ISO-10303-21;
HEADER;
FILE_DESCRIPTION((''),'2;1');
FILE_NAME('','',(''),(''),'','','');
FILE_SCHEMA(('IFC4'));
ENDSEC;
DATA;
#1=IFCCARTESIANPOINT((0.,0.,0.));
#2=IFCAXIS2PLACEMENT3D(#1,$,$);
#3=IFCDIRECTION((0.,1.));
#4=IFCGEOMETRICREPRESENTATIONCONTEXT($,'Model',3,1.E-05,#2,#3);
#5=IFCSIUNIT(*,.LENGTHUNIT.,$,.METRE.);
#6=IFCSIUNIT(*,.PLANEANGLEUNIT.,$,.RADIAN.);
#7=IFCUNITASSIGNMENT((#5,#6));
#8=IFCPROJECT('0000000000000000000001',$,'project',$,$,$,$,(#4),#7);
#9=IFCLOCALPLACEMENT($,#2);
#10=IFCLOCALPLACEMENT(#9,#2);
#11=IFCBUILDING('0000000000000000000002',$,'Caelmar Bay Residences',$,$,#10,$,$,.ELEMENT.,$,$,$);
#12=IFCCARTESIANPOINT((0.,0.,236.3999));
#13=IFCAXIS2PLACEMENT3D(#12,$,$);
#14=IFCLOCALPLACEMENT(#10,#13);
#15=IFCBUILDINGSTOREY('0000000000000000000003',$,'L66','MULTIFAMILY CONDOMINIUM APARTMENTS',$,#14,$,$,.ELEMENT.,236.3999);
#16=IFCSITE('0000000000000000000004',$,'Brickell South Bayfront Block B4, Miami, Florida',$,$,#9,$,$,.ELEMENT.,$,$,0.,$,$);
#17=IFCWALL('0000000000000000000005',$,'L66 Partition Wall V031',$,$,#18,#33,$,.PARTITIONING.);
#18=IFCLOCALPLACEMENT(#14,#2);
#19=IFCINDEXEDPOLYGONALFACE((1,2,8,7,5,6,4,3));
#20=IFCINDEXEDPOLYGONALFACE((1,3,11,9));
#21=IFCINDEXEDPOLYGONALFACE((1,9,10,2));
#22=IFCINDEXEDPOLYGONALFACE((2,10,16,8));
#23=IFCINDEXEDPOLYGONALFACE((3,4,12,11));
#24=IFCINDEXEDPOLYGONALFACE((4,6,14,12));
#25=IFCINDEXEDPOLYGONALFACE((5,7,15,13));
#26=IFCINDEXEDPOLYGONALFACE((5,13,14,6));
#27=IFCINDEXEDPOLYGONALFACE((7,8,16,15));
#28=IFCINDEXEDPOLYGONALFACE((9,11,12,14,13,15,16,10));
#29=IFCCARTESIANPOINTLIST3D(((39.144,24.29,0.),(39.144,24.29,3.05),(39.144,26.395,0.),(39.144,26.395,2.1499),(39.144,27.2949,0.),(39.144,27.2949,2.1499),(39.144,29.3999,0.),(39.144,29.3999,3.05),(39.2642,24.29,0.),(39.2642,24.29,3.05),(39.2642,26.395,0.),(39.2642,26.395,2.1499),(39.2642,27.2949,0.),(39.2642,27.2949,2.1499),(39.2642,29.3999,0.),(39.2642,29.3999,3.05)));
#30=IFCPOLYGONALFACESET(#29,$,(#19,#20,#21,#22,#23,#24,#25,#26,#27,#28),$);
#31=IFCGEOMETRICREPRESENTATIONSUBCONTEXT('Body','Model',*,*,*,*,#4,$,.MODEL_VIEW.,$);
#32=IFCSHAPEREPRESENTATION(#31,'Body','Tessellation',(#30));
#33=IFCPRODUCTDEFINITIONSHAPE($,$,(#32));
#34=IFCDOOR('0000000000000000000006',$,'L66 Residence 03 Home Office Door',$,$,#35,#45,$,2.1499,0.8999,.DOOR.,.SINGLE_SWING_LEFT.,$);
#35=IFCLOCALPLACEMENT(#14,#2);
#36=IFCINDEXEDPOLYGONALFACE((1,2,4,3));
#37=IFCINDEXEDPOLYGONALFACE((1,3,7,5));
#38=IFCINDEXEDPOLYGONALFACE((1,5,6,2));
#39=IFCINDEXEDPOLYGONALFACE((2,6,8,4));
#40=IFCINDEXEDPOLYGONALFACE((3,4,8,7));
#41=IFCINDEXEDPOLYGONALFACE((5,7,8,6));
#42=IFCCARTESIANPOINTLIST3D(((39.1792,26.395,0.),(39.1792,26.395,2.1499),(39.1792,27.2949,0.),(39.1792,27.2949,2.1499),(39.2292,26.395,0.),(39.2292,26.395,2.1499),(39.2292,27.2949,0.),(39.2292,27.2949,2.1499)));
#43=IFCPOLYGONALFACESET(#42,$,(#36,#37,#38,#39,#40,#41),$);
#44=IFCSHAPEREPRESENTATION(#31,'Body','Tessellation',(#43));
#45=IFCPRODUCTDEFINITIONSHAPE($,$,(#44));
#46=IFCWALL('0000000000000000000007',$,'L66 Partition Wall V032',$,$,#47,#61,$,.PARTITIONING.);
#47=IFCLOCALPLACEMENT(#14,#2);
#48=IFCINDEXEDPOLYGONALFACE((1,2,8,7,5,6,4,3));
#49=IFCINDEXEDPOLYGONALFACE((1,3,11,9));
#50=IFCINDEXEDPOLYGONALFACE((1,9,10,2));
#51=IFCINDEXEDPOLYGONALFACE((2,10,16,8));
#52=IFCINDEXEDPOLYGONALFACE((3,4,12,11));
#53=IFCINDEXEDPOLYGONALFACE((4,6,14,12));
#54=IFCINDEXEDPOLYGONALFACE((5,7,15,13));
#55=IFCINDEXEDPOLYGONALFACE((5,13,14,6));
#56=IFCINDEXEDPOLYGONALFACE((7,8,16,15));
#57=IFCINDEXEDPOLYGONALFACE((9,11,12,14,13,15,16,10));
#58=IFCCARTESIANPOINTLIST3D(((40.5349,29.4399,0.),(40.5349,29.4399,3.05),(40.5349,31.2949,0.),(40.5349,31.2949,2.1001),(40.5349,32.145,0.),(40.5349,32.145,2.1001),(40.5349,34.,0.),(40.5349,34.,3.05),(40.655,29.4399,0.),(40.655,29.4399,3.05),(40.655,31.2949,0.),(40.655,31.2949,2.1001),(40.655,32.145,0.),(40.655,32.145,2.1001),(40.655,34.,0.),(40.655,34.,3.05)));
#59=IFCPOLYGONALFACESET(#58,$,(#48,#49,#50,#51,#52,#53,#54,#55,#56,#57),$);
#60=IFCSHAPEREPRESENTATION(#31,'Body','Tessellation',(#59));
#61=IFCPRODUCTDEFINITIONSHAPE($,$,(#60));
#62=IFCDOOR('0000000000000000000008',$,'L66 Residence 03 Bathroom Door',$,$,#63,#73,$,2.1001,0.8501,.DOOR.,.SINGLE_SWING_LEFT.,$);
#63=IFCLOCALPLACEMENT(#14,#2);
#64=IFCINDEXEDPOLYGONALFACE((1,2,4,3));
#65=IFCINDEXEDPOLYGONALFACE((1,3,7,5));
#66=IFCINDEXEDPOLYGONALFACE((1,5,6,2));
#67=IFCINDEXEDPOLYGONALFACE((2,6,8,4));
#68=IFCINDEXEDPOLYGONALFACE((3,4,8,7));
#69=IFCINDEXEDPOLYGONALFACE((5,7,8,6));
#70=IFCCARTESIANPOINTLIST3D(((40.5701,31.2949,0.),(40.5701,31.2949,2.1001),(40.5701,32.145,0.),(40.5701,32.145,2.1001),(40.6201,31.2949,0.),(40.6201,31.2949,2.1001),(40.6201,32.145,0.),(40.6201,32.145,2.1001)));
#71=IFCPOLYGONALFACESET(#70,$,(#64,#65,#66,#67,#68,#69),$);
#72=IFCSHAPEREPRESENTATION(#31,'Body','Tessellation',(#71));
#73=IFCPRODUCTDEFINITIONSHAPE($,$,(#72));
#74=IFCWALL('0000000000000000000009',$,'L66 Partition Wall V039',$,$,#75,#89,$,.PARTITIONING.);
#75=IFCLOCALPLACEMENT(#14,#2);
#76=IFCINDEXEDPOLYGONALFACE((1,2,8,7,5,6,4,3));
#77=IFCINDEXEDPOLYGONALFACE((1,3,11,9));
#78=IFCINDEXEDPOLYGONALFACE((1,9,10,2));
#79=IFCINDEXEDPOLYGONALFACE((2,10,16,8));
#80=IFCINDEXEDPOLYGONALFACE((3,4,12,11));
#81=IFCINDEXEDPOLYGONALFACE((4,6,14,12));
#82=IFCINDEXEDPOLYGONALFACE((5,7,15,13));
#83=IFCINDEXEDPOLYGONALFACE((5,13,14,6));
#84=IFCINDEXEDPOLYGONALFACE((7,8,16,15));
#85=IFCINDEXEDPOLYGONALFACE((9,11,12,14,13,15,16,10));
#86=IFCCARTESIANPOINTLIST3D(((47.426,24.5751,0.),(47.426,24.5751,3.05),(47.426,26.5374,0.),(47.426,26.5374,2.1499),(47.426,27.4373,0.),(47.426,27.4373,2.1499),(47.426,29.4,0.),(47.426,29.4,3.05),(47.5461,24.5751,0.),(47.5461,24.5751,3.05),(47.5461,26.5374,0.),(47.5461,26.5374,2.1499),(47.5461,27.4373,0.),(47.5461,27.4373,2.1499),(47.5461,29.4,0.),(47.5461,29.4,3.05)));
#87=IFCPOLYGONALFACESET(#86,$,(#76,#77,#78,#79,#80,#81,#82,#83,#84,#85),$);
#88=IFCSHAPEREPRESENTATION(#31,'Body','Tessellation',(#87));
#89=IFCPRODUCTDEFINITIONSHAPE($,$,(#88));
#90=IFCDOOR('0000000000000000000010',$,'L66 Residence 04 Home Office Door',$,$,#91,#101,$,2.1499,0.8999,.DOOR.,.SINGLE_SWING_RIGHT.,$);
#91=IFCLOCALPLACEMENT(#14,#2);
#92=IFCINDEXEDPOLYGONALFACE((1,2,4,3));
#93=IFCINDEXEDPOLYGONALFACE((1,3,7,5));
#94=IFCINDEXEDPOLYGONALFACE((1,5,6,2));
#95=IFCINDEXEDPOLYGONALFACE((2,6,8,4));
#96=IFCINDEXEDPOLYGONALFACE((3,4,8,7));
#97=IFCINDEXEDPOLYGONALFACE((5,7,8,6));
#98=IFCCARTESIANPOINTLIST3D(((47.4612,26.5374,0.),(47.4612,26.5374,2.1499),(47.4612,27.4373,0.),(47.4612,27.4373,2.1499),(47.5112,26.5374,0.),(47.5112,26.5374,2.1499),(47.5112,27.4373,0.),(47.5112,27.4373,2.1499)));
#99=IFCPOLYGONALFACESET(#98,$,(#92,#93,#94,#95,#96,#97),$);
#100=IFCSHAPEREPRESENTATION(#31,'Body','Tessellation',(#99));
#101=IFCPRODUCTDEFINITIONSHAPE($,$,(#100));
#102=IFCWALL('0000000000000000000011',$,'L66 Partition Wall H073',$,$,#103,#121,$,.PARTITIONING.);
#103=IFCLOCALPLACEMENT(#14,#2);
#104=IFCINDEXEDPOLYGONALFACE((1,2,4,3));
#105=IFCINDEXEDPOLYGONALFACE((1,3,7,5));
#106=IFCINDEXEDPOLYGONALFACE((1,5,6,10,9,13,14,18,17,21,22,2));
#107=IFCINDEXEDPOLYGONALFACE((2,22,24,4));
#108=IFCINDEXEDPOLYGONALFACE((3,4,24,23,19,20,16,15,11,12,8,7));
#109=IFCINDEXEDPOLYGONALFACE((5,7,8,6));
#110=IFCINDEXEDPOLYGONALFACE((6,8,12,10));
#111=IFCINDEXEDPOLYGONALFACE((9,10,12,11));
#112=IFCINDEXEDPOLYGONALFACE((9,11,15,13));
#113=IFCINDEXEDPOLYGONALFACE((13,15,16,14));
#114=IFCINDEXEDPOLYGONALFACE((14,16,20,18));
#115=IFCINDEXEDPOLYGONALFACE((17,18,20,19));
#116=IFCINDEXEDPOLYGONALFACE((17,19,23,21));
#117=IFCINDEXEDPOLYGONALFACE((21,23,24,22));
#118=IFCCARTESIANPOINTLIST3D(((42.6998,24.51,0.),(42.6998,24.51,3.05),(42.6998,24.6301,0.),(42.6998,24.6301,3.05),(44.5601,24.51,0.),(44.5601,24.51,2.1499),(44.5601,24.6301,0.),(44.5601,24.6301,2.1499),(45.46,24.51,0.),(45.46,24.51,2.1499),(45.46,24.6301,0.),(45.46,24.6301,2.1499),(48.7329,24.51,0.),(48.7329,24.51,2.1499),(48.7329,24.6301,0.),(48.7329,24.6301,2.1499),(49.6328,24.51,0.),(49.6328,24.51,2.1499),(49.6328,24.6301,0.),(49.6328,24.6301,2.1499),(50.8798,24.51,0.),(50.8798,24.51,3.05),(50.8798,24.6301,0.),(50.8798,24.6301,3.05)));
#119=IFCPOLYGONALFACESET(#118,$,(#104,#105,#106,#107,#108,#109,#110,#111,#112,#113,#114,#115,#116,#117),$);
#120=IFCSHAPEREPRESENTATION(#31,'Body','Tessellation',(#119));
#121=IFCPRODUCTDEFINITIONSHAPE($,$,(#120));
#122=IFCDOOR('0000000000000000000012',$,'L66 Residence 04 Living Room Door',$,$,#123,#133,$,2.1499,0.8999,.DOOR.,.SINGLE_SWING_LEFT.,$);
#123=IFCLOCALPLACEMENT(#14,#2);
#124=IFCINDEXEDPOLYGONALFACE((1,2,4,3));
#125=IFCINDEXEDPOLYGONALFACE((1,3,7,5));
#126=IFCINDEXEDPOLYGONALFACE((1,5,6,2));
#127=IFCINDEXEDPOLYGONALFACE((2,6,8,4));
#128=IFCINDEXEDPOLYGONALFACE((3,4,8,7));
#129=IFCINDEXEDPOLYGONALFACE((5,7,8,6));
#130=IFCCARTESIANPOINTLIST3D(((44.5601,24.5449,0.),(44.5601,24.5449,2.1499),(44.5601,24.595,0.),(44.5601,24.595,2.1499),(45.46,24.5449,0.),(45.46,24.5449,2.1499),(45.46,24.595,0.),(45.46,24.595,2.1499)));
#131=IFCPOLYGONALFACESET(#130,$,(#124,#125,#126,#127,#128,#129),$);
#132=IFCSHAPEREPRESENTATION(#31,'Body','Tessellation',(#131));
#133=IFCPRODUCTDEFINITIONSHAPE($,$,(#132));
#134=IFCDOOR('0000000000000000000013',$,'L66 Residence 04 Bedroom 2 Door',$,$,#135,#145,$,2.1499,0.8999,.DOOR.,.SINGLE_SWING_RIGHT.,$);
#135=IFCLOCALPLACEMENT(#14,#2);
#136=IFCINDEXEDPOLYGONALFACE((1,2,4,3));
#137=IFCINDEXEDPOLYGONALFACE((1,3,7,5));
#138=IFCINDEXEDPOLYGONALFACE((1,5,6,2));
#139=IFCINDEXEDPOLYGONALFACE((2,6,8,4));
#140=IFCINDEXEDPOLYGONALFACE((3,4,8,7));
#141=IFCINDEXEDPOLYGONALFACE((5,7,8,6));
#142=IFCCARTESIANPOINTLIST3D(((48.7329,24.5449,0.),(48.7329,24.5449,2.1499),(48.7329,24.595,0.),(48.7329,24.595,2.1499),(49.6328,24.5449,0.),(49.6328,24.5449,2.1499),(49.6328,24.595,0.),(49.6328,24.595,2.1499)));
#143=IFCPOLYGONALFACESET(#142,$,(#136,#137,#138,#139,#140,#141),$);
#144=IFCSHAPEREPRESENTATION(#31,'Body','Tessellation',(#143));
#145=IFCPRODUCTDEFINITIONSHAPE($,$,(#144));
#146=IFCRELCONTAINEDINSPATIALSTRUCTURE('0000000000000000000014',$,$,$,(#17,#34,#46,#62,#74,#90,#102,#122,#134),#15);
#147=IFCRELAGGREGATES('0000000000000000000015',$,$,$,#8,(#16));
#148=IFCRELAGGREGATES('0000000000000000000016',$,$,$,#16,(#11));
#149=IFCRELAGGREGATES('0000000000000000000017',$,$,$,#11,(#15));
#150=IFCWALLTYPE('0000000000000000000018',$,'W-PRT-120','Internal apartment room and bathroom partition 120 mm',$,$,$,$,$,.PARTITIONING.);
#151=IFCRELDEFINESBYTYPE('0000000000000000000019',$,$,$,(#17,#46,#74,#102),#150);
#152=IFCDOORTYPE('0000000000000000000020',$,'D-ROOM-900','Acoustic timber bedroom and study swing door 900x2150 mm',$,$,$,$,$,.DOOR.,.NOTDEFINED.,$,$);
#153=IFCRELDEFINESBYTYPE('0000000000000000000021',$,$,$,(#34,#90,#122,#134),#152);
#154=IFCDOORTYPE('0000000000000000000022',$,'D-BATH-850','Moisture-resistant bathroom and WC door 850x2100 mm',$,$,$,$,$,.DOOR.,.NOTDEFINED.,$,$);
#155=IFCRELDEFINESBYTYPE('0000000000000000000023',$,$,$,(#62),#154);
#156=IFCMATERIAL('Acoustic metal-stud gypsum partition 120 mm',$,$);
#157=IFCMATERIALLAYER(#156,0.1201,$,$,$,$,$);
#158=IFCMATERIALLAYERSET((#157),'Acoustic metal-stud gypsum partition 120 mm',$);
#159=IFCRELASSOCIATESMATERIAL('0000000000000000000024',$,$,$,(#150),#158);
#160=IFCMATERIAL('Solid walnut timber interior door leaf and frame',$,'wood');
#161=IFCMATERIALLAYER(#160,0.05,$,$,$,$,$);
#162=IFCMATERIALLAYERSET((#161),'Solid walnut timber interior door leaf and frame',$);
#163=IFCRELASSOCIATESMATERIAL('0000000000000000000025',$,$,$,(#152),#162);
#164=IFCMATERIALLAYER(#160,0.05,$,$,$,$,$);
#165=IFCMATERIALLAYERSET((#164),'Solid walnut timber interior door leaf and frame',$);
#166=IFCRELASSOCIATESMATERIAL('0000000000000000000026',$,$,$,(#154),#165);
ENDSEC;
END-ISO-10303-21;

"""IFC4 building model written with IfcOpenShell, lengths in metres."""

from ifc_helpers import new_model, si_unit, direction, frame, frame_2d, origin, place, context, subcontext, project, spatial, rectangle, extrude, material, layer, layer_set, type_object, element, fill, save


model = new_model("IFC4")

# Units and contexts
model_context = context("Model", 3, precision=1e-05, world=origin(), true_north=direction((0.0, 1.0)))
body_context = subcontext(model_context, "Body", "Model", "MODEL_VIEW")
ifc_project = project(units=[si_unit("LENGTHUNIT", "METRE"), si_unit("PLANEANGLEUNIT", "RADIAN")], contexts=[model_context])

# Site, building, storey
site_placement = place(None, origin())
site = spatial("IfcSite", under=ifc_project, at=site_placement, Name="Brickell South Bayfront Block B4, Miami, Florida", CompositionType="ELEMENT", RefElevation=0.0)
building_placement = place(site_placement, origin())
building = spatial("IfcBuilding", under=site, at=building_placement, Name="Caelmar Bay Residences", CompositionType="ELEMENT")
storey_placement = place(building_placement, frame((0.0, 0.0, 236.3999)))
storey = spatial("IfcBuildingStorey", under=building, at=storey_placement, Name="L66", Description="MULTIFAMILY CONDOMINIUM APARTMENTS", CompositionType="ELEMENT", Elevation=236.3999)

# Walls, openings, doors
ifc_material_1 = material(Name="Acoustic metal-stud gypsum partition 120 mm")
ifc_layer_1 = layer(ifc_material_1, 0.1201)
ifc_layer_set_1 = layer_set([ifc_layer_1], Name="Acoustic metal-stud gypsum partition 120 mm")
wall_type_1 = type_object("IfcWallType", Name="W-PRT-120", Description="Internal apartment room and bathroom partition 120 mm", PredefinedType="PARTITIONING", material=ifc_layer_set_1)
wall_1_placement = place(storey_placement, frame((39.2041, 24.29, 0.0), z_axis=(0.0, 0.0, 1.0), x_axis=(0.0, 1.0, 0.0)))
wall_1 = element("IfcWall", 1, at=wall_1_placement, inside=storey, type_object=wall_type_1, Name="L66 Partition Wall V031", PredefinedType="PARTITIONING", context=body_context, shape_type="SweptSolid", body=[
    extrude(rectangle(XDim=5.1099, YDim=0.1201, at=frame_2d((2.5549, 0.0))), origin(), (0.0, 0.0, 1.0), 3.05),
])
opening_1_placement = place(wall_1_placement, frame((2.105, 0.0, 0.0)))
opening_1 = element("IfcOpeningElement", 2, at=opening_1_placement, cuts=wall_1, PredefinedType="OPENING", context=body_context, shape_type="SweptSolid", body=[
    extrude(rectangle(XDim=0.8999, YDim=2.1499, at=frame_2d((0.45, 1.075))), frame((0.0, 0.0701, 0.0), z_axis=(0.0, -1.0, 0.0), x_axis=(1.0, 0.0, 0.0)), (0.0, 0.0, 1.0), 0.1401),
])
ifc_material_2 = material(Name="Solid walnut timber interior door leaf and frame", Category="wood")
ifc_layer_2 = layer(ifc_material_2, 0.05)
ifc_layer_set_2 = layer_set([ifc_layer_2], Name="Solid walnut timber interior door leaf and frame")
door_type_1 = type_object("IfcDoorType", Name="D-ROOM-900", Description="Acoustic timber bedroom and study swing door 900x2150 mm", OperationType="NOTDEFINED", PredefinedType="DOOR", material=ifc_layer_set_2)
door_1_placement = place(opening_1_placement, origin())
door_1 = element("IfcDoor", 3, at=door_1_placement, inside=storey, type_object=door_type_1, Name="L66 Residence 03 Home Office Door", OperationType="SINGLE_SWING_LEFT", OverallHeight=2.1499, OverallWidth=0.8999, PredefinedType="DOOR", context=body_context, shape_type="SweptSolid", body=[
    extrude(rectangle(XDim=0.8999, YDim=2.1499, at=frame_2d((0.45, 1.075))), frame((0.0, 0.0249, 0.0), z_axis=(0.0, -1.0, 0.0), x_axis=(1.0, 0.0, 0.0)), (0.0, 0.0, 1.0), 0.05),
])
fill(opening_1, door_1)
wall_2_placement = place(storey_placement, frame((40.595, 29.4399, 0.0), z_axis=(0.0, 0.0, 1.0), x_axis=(0.0, 1.0, 0.0)))
wall_2 = element("IfcWall", 4, at=wall_2_placement, inside=storey, type_object=wall_type_1, Name="L66 Partition Wall V032", PredefinedType="PARTITIONING", context=body_context, shape_type="SweptSolid", body=[
    extrude(rectangle(XDim=4.5601, YDim=0.1201, at=frame_2d((2.28, 0.0))), origin(), (0.0, 0.0, 1.0), 3.05),
])
opening_2_placement = place(wall_2_placement, frame((1.855, 0.0, 0.0)))
opening_2 = element("IfcOpeningElement", 5, at=opening_2_placement, cuts=wall_2, PredefinedType="OPENING", context=body_context, shape_type="SweptSolid", body=[
    extrude(rectangle(XDim=0.8501, YDim=2.1001, at=frame_2d((0.425, 1.05))), frame((0.0, 0.0701, 0.0), z_axis=(0.0, -1.0, 0.0), x_axis=(1.0, 0.0, 0.0)), (0.0, 0.0, 1.0), 0.1401),
])
ifc_layer_3 = layer(ifc_material_2, 0.05)
ifc_layer_set_3 = layer_set([ifc_layer_3], Name="Solid walnut timber interior door leaf and frame")
door_type_2 = type_object("IfcDoorType", Name="D-BATH-850", Description="Moisture-resistant bathroom and WC door 850x2100 mm", OperationType="NOTDEFINED", PredefinedType="DOOR", material=ifc_layer_set_3)
door_2_placement = place(opening_2_placement, origin())
door_2 = element("IfcDoor", 6, at=door_2_placement, inside=storey, type_object=door_type_2, Name="L66 Residence 03 Bathroom Door", OperationType="SINGLE_SWING_LEFT", OverallHeight=2.1001, OverallWidth=0.8501, PredefinedType="DOOR", context=body_context, shape_type="SweptSolid", body=[
    extrude(rectangle(XDim=0.8501, YDim=2.1001, at=frame_2d((0.425, 1.05))), frame((0.0, 0.0249, 0.0), z_axis=(0.0, -1.0, 0.0), x_axis=(1.0, 0.0, 0.0)), (0.0, 0.0, 1.0), 0.05),
])
fill(opening_2, door_2)
wall_3_placement = place(storey_placement, frame((47.4861, 24.575, 0.0), z_axis=(0.0, 0.0, 1.0), x_axis=(0.0, 1.0, 0.0)))
wall_3 = element("IfcWall", 7, at=wall_3_placement, inside=storey, type_object=wall_type_1, Name="L66 Partition Wall V039", PredefinedType="PARTITIONING", context=body_context, shape_type="SweptSolid", body=[
    extrude(rectangle(XDim=4.825, YDim=0.1201, at=frame_2d((2.4126, 0.0))), origin(), (0.0, 0.0, 1.0), 3.05),
])
opening_3_placement = place(wall_3_placement, frame((1.9624, 0.0, 0.0)))
opening_3 = element("IfcOpeningElement", 8, at=opening_3_placement, cuts=wall_3, PredefinedType="OPENING", context=body_context, shape_type="SweptSolid", body=[
    extrude(rectangle(XDim=0.8999, YDim=2.1499, at=frame_2d((0.45, 1.075))), frame((0.0, 0.0701, 0.0), z_axis=(0.0, -1.0, 0.0), x_axis=(1.0, 0.0, 0.0)), (0.0, 0.0, 1.0), 0.1401),
])
door_3_placement = place(opening_3_placement, origin())
door_3 = element("IfcDoor", 9, at=door_3_placement, inside=storey, type_object=door_type_1, Name="L66 Residence 04 Home Office Door", OperationType="SINGLE_SWING_RIGHT", OverallHeight=2.1499, OverallWidth=0.8999, PredefinedType="DOOR", context=body_context, shape_type="SweptSolid", body=[
    extrude(rectangle(XDim=0.8999, YDim=2.1499, at=frame_2d((0.45, 1.075))), frame((0.0, 0.0249, 0.0), z_axis=(0.0, -1.0, 0.0), x_axis=(1.0, 0.0, 0.0)), (0.0, 0.0, 1.0), 0.05),
])
fill(opening_3, door_3)

# Wall, openings, doors
wall_4_placement = place(storey_placement, frame((42.7, 24.5701, 0.0), z_axis=(0.0, 0.0, 1.0), x_axis=(1.0, 0.0, 0.0)))
wall_4 = element("IfcWall", 10, at=wall_4_placement, inside=storey, type_object=wall_type_1, Name="L66 Partition Wall H073", PredefinedType="PARTITIONING", context=body_context, shape_type="SweptSolid", body=[
    extrude(rectangle(XDim=8.1799, YDim=0.1201, at=frame_2d((4.0898, 0.0))), origin(), (0.0, 0.0, 1.0), 3.05),
])
opening_4_placement = place(wall_4_placement, frame((1.8601, 0.0, 0.0)))
opening_4 = element("IfcOpeningElement", 11, at=opening_4_placement, cuts=wall_4, PredefinedType="OPENING", context=body_context, shape_type="SweptSolid", body=[
    extrude(rectangle(XDim=0.8999, YDim=2.1499, at=frame_2d((0.45, 1.075))), frame((0.0, 0.0701, 0.0), z_axis=(0.0, -1.0, 0.0), x_axis=(1.0, 0.0, 0.0)), (0.0, 0.0, 1.0), 0.1401),
])
opening_5_placement = place(wall_4_placement, frame((6.033, 0.0, 0.0)))
opening_5 = element("IfcOpeningElement", 12, at=opening_5_placement, cuts=wall_4, PredefinedType="OPENING", context=body_context, shape_type="SweptSolid", body=[
    extrude(rectangle(XDim=0.8999, YDim=2.1499, at=frame_2d((0.45, 1.075))), frame((0.0, 0.0701, 0.0), z_axis=(0.0, -1.0, 0.0), x_axis=(1.0, 0.0, 0.0)), (0.0, 0.0, 1.0), 0.1401),
])
door_4_placement = place(opening_4_placement, origin())
door_4 = element("IfcDoor", 13, at=door_4_placement, inside=storey, type_object=door_type_1, Name="L66 Residence 04 Living Room Door", OperationType="SINGLE_SWING_LEFT", OverallHeight=2.1499, OverallWidth=0.8999, PredefinedType="DOOR", context=body_context, shape_type="SweptSolid", body=[
    extrude(rectangle(XDim=0.8999, YDim=2.1499, at=frame_2d((0.45, 1.075))), frame((0.0, 0.0249, 0.0), z_axis=(0.0, -1.0, 0.0), x_axis=(1.0, 0.0, 0.0)), (0.0, 0.0, 1.0), 0.05),
])
fill(opening_4, door_4)
door_5_placement = place(opening_5_placement, origin())
door_5 = element("IfcDoor", 14, at=door_5_placement, inside=storey, type_object=door_type_1, Name="L66 Residence 04 Bedroom 2 Door", OperationType="SINGLE_SWING_RIGHT", OverallHeight=2.1499, OverallWidth=0.8999, PredefinedType="DOOR", context=body_context, shape_type="SweptSolid", body=[
    extrude(rectangle(XDim=0.8999, YDim=2.1499, at=frame_2d((0.45, 1.075))), frame((0.0, 0.0249, 0.0), z_axis=(0.0, -1.0, 0.0), x_axis=(1.0, 0.0, 0.0)), (0.0, 0.0, 1.0), 0.05),
])
fill(opening_5, door_5)

save(model, "model.ifc")
